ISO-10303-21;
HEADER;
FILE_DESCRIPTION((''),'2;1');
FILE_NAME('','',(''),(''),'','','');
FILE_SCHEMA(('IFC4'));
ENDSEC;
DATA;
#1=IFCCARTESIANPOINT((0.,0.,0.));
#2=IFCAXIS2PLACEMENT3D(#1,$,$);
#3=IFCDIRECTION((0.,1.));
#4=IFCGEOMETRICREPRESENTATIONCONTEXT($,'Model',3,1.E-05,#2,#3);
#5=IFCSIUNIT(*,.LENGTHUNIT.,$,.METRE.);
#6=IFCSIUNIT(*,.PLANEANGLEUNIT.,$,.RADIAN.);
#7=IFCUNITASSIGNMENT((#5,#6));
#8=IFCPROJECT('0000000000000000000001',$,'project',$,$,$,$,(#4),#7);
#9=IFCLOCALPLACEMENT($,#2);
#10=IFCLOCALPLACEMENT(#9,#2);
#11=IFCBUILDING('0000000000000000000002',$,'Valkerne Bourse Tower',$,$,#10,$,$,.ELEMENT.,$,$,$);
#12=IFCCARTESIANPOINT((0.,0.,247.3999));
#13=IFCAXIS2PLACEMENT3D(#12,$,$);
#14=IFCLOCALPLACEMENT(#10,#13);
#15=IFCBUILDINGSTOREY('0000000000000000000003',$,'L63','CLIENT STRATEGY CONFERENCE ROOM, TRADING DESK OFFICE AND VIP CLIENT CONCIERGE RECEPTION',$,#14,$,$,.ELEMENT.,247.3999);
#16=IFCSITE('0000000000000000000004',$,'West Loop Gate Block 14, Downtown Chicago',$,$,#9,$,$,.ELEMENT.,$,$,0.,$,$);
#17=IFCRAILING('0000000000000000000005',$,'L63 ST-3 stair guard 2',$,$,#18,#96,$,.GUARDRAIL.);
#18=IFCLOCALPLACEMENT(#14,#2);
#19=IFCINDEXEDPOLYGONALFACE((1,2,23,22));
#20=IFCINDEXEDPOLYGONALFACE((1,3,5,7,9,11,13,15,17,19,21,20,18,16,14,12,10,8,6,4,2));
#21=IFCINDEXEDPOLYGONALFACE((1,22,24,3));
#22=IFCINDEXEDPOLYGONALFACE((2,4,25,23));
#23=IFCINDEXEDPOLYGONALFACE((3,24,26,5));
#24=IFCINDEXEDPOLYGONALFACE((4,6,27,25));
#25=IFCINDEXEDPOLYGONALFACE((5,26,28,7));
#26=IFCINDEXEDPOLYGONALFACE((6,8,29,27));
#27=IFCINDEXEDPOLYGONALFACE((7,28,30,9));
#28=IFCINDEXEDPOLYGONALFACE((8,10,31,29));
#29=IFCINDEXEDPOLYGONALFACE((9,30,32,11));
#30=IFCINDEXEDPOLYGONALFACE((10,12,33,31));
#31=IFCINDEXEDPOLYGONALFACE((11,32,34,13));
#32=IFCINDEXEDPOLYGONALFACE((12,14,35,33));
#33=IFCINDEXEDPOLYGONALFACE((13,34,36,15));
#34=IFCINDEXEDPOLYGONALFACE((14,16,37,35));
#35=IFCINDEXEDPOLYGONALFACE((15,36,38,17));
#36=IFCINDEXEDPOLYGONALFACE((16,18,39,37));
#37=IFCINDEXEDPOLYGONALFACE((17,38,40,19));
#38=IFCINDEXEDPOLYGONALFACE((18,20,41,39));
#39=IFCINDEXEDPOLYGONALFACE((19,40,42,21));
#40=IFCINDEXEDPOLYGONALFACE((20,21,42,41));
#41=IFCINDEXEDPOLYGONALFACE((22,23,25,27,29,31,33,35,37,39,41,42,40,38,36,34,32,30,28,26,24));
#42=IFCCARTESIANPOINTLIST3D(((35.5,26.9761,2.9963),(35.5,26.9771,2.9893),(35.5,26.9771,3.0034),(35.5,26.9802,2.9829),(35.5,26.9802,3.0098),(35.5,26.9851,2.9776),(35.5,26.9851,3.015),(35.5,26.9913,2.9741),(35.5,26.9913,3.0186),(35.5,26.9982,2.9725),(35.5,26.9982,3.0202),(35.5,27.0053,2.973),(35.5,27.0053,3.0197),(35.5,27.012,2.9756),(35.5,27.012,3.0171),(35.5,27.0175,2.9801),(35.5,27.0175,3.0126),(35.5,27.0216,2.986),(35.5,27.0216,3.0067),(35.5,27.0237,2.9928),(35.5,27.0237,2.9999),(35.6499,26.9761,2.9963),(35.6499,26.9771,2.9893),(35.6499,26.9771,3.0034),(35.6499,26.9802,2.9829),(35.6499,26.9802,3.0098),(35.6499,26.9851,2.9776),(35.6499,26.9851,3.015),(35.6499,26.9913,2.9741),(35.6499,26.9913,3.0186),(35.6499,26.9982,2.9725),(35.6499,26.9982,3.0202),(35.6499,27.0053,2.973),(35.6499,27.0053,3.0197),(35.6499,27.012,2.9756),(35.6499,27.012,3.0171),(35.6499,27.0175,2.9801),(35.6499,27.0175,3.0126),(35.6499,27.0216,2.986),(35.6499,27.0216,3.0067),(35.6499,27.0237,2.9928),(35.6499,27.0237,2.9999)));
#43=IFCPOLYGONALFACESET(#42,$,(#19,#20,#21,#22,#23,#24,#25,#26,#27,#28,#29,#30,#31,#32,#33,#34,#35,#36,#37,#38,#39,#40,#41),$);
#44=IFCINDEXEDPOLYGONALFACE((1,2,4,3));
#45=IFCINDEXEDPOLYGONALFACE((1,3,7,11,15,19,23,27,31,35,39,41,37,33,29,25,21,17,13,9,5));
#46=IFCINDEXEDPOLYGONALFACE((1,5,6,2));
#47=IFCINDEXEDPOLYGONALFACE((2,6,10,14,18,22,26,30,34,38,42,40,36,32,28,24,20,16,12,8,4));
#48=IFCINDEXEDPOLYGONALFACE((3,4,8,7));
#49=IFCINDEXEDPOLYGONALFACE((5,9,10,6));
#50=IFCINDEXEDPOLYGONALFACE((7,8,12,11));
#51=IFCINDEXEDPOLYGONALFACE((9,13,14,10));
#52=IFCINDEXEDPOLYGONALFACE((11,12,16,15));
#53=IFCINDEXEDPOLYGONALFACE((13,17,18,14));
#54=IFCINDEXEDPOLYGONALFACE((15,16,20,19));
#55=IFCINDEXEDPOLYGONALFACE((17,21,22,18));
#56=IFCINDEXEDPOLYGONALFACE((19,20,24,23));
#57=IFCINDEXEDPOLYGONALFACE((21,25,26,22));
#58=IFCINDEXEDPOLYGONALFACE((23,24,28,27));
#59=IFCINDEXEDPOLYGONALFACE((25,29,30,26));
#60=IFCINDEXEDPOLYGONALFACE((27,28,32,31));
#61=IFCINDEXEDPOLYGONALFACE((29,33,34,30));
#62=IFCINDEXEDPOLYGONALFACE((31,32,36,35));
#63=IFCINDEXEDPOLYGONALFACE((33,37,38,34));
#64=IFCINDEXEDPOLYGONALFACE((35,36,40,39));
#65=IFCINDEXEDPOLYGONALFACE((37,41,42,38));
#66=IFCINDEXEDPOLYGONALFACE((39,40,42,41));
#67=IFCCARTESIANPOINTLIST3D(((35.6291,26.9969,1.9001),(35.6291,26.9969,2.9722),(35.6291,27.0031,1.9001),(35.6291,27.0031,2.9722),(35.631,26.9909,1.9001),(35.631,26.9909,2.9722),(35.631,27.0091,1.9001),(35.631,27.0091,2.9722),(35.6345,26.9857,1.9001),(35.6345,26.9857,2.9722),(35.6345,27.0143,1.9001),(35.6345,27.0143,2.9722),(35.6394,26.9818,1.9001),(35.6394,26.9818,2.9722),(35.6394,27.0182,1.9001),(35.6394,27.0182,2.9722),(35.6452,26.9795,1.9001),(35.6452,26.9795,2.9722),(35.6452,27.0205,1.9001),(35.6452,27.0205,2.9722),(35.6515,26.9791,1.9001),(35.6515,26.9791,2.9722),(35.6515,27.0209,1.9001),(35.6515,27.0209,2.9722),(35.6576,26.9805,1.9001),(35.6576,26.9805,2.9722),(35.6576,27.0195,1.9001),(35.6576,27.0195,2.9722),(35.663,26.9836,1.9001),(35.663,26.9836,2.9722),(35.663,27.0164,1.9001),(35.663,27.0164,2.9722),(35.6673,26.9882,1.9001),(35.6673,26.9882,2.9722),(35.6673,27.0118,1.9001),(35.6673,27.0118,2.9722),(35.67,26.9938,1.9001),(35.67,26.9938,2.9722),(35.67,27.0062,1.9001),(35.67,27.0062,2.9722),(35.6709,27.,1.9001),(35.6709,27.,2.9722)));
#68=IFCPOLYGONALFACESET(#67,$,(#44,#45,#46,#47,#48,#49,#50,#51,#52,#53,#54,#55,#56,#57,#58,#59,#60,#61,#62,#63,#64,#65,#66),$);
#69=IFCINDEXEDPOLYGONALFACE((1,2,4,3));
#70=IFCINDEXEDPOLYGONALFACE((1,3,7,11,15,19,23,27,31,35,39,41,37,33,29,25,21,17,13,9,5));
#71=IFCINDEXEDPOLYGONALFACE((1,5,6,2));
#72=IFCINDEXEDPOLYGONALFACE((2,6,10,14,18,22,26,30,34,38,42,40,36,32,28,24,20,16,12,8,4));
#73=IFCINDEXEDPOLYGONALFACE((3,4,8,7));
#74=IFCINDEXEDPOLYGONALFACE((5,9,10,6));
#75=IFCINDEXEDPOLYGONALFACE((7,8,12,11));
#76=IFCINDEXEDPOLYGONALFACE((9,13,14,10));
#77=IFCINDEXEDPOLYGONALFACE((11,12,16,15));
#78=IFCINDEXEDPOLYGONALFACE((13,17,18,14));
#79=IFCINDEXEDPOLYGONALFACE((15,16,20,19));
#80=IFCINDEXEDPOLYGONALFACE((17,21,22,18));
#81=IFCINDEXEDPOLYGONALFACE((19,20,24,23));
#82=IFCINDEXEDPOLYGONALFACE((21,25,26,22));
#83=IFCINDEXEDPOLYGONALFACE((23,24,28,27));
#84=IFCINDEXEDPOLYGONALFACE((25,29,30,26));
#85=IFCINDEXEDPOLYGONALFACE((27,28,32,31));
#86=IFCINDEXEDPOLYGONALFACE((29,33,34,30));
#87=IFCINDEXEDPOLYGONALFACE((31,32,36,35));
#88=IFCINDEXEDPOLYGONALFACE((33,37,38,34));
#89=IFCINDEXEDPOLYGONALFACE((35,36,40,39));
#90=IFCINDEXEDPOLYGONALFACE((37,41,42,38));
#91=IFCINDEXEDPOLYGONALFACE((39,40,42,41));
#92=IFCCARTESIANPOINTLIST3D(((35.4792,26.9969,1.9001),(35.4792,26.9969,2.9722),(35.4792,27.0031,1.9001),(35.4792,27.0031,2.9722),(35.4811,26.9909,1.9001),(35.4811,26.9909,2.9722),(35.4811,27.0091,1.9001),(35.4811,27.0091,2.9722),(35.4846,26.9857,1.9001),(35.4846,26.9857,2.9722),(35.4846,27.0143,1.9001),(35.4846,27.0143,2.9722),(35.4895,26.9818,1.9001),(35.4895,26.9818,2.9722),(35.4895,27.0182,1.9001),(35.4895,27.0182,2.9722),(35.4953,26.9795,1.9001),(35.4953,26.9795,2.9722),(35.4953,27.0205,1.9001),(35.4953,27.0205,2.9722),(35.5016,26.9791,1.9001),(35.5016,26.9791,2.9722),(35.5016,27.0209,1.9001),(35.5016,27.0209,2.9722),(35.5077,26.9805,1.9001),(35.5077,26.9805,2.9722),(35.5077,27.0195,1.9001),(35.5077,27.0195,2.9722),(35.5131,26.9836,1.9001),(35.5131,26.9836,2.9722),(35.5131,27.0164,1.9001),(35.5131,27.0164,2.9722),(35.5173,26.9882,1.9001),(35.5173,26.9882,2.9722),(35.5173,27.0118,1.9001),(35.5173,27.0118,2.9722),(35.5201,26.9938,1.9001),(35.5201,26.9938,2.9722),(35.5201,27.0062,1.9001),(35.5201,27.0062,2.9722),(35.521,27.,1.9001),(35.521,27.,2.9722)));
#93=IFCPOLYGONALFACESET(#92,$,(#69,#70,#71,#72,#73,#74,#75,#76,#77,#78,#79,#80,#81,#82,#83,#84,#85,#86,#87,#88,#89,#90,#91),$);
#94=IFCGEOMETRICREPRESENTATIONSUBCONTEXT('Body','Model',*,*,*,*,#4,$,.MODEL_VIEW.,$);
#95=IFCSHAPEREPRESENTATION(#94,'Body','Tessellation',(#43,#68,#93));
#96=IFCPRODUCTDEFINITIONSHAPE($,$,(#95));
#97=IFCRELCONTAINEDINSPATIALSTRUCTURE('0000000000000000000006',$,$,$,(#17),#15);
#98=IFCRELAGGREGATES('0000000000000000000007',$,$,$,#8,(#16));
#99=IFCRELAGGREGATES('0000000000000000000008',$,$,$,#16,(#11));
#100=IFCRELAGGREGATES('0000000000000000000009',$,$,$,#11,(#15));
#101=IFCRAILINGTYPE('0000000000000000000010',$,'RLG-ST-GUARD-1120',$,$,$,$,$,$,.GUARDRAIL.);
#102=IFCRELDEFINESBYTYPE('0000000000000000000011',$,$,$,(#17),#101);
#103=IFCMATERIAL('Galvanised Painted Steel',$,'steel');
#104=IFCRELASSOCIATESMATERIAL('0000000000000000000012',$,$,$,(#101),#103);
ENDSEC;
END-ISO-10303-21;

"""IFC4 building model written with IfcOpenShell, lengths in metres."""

from ifc_helpers import new_model, si_unit, direction, frame, origin, origin_2d, place, context, subcontext, project, spatial, circle, extrude, material, type_object, element, save


model = new_model("IFC4")

# Units and contexts
model_context = context("Model", 3, precision=1e-05, world=origin(), true_north=direction((0.0, 1.0)))
body_context = subcontext(model_context, "Body", "Model", "MODEL_VIEW")
ifc_project = project(units=[si_unit("LENGTHUNIT", "METRE"), si_unit("PLANEANGLEUNIT", "RADIAN")], contexts=[model_context])

# Site, building, storey
site_placement = place(None, origin())
site = spatial("IfcSite", under=ifc_project, at=site_placement, Name="West Loop Gate Block 14, Downtown Chicago", CompositionType="ELEMENT", RefElevation=0.0)
building_placement = place(site_placement, origin())
building = spatial("IfcBuilding", under=site, at=building_placement, Name="Valkerne Bourse Tower", CompositionType="ELEMENT")
storey_placement = place(building_placement, frame((0.0, 0.0, 247.3999)))
storey = spatial("IfcBuildingStorey", under=building, at=storey_placement, Name="L63", Description="CLIENT STRATEGY CONFERENCE ROOM, TRADING DESK OFFICE AND VIP CLIENT CONCIERGE RECEPTION", CompositionType="ELEMENT", Elevation=247.3999)

# Railing
ifc_material_1 = material(Name="Galvanised Painted Steel", Category="steel")
railing_type_1 = type_object("IfcRailingType", Name="RLG-ST-GUARD-1120", PredefinedType="GUARDRAIL", material=ifc_material_1)
railing_1_placement = place(storey_placement, frame((35.6499, 27.0, 1.9001)))
element("IfcRailing", 1, at=railing_1_placement, inside=storey, type_object=railing_type_1, Name="L63 ST-3 stair guard 2", PredefinedType="GUARDRAIL", context=body_context, shape_type="SweptSolid", body=[
    extrude(circle(Radius=0.0239, at=origin_2d()), frame((0.0, 0.0, 1.0962), z_axis=(-1.0, 0.0, 0.0), x_axis=(0.0, -1.0, 0.0)), (0.0, 0.0, 1.0), 0.1499),
    extrude(circle(Radius=0.021, at=origin_2d()), origin(), (0.0, 0.0, 1.0), 1.072),
    extrude(circle(Radius=0.021, at=origin_2d()), frame((-0.1499, 0.0, 0.0)), (0.0, 0.0, 1.0), 1.072),
])

save(model, "model.ifc")
